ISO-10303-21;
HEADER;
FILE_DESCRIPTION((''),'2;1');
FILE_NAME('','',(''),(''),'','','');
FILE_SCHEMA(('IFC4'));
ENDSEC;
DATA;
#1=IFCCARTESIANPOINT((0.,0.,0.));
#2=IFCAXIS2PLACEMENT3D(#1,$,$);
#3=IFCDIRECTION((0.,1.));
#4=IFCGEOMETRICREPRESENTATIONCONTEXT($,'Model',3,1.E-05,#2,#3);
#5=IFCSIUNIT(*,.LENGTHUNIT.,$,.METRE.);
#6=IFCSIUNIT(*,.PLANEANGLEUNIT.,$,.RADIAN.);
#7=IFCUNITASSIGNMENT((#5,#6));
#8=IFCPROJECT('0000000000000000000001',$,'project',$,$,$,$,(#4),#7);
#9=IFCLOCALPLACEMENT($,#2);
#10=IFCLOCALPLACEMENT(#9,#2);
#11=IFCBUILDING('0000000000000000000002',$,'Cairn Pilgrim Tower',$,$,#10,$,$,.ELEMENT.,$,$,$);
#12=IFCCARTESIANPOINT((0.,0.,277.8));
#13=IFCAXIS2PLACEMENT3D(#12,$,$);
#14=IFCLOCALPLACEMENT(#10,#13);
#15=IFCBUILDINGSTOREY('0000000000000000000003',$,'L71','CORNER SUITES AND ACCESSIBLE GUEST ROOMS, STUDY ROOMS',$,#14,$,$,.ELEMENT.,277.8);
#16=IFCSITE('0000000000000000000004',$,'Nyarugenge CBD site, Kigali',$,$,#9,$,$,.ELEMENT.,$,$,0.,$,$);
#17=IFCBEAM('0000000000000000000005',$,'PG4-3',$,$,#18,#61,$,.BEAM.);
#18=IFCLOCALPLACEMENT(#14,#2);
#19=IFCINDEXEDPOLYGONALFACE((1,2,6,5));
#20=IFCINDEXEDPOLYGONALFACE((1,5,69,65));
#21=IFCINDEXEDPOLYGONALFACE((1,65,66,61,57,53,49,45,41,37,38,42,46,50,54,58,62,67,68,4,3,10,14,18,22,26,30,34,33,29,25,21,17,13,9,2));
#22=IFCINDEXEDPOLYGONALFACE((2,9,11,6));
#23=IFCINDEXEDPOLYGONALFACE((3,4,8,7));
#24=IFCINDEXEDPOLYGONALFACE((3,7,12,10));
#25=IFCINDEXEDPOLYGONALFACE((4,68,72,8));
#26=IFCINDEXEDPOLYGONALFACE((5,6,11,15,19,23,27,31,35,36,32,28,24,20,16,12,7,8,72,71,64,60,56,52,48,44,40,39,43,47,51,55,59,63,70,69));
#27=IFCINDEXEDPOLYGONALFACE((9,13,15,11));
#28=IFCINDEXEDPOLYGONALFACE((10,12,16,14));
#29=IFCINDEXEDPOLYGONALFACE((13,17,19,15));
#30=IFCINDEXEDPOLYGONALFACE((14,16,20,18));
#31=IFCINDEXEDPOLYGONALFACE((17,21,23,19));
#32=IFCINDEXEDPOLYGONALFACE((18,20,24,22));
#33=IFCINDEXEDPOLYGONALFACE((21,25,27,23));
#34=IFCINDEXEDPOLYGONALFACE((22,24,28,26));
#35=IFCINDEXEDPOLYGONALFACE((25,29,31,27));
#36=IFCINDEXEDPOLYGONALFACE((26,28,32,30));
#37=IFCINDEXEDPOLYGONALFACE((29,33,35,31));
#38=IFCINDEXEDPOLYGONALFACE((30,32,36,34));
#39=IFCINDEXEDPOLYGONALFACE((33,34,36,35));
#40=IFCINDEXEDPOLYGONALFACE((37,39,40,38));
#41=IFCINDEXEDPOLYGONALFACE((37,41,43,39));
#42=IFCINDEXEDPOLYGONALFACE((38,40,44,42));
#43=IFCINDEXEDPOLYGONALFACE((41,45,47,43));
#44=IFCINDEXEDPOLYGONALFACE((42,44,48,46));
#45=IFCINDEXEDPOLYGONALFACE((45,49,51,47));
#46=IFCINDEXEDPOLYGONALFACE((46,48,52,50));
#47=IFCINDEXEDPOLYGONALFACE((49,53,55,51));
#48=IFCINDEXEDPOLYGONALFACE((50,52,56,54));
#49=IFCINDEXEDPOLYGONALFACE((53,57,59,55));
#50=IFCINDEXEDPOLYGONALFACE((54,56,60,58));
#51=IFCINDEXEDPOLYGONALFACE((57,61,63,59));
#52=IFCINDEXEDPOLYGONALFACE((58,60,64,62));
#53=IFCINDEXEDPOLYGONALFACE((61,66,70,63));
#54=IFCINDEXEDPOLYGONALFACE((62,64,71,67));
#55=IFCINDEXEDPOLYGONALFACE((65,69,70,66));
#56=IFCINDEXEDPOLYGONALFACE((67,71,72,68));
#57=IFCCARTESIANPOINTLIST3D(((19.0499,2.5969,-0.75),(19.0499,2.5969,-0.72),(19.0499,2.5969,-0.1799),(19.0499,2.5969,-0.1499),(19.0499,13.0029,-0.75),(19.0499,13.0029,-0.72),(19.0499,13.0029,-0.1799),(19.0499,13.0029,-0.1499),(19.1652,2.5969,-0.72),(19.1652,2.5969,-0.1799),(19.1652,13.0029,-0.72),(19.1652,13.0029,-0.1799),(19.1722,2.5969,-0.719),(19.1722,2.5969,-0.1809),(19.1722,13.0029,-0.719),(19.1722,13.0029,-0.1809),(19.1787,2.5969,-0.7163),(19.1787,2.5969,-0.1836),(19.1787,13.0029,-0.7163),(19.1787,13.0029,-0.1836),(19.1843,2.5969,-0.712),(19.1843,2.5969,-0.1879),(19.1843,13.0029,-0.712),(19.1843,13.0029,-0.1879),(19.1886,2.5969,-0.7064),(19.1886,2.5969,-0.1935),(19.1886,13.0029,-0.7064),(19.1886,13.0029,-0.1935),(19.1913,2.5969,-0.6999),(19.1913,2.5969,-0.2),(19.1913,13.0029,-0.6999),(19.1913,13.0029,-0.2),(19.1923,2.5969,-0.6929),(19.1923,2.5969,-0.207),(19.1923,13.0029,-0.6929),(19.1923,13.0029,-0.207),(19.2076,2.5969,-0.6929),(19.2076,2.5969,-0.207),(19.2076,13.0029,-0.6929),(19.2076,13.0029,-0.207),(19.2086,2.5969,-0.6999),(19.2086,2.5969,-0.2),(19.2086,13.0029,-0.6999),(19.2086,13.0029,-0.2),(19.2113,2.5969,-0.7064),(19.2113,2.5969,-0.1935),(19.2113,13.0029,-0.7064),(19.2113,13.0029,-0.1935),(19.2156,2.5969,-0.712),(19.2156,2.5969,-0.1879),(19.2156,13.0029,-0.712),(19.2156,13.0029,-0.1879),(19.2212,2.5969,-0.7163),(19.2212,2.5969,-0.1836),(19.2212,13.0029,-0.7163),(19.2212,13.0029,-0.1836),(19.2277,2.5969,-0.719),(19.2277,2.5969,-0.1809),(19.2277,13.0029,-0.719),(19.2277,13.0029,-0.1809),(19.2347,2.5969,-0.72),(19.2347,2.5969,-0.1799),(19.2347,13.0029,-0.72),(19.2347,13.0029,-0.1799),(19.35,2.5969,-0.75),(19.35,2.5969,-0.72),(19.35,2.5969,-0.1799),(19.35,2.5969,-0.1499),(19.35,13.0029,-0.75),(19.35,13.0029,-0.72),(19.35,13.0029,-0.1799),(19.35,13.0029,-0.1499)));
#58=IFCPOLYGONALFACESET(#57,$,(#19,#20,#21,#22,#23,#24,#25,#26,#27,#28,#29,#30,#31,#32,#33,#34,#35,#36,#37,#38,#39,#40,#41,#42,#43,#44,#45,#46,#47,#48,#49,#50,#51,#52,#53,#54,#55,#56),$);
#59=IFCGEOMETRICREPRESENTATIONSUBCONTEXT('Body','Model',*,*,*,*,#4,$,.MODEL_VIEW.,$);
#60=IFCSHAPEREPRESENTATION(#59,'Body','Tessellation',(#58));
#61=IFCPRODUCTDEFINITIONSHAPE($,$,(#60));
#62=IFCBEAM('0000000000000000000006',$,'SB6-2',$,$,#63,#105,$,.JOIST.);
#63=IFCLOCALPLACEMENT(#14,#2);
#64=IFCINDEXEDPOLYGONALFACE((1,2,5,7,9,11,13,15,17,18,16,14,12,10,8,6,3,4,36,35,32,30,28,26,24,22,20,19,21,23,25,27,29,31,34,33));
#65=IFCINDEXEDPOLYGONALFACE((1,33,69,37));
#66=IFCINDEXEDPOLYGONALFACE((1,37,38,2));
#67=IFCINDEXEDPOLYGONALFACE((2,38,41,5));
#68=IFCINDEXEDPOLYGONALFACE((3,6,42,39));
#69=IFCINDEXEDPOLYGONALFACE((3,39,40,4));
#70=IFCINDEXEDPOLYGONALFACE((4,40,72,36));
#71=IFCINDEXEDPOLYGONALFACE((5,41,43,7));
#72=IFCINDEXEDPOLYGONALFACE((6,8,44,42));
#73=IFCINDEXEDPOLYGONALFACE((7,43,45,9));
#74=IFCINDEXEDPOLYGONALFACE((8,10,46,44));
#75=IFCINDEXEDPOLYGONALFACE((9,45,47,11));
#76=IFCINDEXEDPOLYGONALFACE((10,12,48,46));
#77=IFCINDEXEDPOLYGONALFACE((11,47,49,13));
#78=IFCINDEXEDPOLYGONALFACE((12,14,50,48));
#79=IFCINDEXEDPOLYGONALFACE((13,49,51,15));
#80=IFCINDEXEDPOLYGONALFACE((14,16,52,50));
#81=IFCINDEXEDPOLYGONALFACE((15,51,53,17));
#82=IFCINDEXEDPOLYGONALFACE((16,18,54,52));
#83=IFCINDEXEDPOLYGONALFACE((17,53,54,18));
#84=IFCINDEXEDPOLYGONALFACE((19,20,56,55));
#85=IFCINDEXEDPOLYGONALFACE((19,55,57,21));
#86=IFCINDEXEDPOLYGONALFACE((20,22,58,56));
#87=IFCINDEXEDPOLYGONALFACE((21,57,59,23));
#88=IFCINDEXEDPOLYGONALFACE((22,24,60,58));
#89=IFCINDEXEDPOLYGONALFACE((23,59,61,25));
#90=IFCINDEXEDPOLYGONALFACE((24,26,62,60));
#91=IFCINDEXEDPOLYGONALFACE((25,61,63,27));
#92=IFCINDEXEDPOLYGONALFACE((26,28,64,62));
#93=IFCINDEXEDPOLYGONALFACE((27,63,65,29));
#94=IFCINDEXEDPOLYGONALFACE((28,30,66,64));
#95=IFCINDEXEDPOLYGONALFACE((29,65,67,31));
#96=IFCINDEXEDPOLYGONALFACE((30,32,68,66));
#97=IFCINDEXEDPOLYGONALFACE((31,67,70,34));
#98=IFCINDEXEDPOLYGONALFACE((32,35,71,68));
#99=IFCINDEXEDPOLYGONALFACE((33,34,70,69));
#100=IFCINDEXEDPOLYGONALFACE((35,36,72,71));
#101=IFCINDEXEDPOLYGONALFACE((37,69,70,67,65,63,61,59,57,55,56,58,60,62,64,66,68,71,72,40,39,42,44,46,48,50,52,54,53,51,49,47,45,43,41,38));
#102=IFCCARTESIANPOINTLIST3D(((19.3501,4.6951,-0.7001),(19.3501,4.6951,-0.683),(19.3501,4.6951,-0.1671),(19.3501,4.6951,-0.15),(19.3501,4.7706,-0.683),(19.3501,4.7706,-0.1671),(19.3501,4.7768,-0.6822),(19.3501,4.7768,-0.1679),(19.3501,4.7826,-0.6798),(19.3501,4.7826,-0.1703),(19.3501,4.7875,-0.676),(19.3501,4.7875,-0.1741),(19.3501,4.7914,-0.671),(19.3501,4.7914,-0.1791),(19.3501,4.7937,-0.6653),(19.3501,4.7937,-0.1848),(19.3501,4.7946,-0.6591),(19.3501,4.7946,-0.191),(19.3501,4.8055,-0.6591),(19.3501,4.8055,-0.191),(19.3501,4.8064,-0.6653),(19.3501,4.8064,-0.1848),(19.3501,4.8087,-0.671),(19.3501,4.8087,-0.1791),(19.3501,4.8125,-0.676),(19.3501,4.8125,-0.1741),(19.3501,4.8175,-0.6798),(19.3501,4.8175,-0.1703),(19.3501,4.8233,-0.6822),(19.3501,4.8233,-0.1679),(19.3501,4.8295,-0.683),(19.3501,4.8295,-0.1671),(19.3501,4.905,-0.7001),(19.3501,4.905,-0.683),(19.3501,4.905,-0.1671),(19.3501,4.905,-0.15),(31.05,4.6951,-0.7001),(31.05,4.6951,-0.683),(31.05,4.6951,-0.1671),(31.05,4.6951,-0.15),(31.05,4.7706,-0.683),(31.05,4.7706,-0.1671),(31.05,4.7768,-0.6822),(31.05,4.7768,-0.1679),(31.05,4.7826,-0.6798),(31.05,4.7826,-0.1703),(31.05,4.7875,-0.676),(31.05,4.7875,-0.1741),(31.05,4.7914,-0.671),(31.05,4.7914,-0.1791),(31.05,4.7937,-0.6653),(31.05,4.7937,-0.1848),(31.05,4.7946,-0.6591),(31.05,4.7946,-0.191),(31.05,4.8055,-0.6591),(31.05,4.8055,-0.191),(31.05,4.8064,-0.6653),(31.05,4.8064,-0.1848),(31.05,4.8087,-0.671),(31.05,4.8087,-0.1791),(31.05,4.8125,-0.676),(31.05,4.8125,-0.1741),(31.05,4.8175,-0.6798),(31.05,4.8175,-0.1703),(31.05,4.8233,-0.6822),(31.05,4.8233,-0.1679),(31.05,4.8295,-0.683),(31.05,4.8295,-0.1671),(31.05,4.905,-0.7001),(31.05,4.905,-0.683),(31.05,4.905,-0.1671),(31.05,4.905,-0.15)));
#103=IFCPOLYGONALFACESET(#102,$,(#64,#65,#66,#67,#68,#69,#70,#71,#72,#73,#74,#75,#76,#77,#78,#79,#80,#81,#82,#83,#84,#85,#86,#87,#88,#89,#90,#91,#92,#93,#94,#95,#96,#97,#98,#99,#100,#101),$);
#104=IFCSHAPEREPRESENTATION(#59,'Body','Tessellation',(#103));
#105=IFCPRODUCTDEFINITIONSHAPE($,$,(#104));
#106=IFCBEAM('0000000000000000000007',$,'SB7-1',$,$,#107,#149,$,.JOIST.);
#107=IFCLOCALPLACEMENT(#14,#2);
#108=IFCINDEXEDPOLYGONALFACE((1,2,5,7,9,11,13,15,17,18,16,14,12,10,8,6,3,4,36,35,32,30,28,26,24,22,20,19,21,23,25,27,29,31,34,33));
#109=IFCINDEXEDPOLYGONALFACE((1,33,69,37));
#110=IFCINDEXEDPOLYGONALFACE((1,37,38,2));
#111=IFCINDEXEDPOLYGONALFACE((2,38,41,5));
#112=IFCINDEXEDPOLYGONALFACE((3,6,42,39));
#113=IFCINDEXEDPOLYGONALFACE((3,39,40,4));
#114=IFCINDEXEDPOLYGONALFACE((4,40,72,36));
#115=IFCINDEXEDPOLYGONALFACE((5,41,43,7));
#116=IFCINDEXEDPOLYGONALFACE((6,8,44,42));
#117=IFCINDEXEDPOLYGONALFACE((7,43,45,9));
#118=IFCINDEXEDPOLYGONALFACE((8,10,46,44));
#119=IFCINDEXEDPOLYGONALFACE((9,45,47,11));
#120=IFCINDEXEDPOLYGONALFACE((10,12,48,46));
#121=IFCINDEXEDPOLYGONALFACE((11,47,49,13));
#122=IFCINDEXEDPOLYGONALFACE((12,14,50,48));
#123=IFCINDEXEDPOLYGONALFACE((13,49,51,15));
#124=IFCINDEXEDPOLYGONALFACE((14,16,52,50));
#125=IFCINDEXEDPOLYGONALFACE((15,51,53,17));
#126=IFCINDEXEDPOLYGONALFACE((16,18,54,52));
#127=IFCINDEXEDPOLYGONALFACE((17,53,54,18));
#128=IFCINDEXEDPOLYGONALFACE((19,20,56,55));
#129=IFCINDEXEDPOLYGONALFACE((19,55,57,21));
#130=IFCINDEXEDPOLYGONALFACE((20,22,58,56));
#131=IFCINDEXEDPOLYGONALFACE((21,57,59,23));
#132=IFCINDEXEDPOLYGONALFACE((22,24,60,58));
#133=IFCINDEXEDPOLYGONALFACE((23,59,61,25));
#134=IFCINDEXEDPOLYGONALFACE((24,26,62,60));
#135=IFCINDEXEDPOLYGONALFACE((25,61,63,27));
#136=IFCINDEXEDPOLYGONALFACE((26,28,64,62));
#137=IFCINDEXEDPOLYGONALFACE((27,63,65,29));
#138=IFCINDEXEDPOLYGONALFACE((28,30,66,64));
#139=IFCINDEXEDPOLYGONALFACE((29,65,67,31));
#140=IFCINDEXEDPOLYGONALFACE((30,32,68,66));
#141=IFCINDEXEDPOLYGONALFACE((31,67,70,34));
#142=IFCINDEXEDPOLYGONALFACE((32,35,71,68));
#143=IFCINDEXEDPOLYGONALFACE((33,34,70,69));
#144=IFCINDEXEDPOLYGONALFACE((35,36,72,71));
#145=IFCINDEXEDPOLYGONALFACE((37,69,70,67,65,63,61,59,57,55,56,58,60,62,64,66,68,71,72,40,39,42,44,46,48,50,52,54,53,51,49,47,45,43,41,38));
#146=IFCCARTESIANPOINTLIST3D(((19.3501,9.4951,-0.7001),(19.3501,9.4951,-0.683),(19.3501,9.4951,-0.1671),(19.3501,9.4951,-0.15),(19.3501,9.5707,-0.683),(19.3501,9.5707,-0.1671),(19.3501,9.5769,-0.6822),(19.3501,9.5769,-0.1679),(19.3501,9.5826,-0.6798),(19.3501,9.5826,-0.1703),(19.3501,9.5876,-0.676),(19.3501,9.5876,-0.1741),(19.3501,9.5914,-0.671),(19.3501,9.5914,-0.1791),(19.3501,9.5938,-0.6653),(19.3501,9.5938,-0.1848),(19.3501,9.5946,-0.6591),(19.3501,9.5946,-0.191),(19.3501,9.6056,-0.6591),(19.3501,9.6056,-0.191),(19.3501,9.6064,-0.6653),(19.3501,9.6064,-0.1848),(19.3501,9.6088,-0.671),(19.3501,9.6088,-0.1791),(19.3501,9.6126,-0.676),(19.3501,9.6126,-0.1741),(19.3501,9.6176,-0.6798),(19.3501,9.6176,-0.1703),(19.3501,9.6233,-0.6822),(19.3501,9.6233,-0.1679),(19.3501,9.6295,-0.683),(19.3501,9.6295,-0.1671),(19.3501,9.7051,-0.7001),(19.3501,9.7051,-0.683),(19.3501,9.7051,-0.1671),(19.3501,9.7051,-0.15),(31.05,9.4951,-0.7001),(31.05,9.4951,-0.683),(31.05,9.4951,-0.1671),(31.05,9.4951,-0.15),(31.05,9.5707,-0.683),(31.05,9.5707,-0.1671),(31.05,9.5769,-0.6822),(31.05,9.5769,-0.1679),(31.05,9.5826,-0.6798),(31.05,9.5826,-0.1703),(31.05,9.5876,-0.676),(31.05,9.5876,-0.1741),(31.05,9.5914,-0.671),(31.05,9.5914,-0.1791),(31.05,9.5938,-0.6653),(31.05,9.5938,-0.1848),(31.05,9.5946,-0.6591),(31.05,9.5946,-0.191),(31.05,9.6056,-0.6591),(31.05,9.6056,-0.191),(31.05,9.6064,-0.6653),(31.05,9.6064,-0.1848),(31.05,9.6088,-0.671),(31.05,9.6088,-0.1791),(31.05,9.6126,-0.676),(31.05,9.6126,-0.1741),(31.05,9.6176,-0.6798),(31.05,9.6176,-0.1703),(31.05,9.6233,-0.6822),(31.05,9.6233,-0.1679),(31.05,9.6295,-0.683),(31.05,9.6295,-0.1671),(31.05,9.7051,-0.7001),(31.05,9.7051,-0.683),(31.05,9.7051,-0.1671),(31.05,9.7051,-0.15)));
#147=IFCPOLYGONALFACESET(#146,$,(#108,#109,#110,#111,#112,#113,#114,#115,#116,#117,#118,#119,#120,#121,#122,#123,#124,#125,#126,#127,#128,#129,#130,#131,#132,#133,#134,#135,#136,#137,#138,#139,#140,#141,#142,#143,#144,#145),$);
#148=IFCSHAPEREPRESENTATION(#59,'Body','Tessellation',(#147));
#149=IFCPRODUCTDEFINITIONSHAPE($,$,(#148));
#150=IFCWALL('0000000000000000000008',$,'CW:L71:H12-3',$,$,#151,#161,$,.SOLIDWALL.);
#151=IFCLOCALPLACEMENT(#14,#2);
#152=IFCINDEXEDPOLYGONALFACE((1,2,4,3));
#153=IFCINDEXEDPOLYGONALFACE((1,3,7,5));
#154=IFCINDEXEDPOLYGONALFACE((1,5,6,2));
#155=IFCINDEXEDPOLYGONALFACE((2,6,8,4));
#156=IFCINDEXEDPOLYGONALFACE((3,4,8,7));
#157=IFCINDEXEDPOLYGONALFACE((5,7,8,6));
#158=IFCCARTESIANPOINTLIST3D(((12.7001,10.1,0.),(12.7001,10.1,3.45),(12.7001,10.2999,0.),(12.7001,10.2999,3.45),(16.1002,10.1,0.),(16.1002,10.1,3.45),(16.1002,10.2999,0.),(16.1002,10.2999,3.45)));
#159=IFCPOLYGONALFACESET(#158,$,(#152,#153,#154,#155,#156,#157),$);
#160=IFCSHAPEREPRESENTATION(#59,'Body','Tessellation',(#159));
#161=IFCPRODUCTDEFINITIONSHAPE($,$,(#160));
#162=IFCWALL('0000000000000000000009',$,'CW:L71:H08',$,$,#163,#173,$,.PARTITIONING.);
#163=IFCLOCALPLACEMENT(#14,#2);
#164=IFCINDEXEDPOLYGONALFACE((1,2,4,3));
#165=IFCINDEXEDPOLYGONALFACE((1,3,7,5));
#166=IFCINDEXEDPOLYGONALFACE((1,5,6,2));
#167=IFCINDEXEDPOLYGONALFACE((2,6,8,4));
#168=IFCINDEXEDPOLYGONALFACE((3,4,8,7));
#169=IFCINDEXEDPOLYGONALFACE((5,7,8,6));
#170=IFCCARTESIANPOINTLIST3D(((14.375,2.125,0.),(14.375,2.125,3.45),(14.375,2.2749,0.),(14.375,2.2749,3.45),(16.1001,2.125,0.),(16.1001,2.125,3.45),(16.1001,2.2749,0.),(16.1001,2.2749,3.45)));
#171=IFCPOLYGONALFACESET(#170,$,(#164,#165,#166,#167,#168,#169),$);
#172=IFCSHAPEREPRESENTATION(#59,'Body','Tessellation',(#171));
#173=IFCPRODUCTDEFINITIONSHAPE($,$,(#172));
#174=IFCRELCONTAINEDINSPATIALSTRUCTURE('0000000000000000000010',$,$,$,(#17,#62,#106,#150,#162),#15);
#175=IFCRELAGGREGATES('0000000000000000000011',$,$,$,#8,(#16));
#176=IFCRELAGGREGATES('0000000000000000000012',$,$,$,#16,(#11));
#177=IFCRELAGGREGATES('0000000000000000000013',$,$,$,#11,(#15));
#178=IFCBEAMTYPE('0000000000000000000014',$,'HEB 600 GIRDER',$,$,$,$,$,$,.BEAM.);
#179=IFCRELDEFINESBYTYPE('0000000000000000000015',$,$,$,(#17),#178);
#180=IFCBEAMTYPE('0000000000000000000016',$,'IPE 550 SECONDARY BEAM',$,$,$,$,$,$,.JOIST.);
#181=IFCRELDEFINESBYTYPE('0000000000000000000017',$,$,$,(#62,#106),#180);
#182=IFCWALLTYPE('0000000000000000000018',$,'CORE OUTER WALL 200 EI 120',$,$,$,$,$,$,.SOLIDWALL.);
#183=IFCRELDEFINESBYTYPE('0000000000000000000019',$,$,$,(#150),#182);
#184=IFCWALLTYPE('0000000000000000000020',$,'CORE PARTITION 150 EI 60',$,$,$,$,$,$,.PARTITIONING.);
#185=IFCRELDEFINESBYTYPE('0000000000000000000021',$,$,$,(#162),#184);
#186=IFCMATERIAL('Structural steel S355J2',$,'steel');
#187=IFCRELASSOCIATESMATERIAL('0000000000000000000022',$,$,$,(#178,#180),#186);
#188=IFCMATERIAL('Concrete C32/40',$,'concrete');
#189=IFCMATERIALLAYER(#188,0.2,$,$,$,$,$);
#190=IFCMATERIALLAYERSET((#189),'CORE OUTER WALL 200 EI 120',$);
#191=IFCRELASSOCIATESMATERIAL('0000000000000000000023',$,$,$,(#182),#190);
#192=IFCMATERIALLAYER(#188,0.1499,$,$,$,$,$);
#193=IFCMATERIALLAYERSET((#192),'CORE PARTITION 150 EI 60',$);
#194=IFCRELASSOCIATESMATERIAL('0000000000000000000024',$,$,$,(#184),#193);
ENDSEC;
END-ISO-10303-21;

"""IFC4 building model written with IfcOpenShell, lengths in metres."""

from ifc_helpers import new_model, si_unit, direction, frame, frame_2d, origin, origin_2d, place, context, subcontext, project, spatial, rectangle, i_section, extrude, material, layer, layer_set, material_profile, profile_set, type_object, element, save


model = new_model("IFC4")

# Units and contexts
model_context = context("Model", 3, precision=1e-05, world=origin(), true_north=direction((0.0, 1.0)))
body_context = subcontext(model_context, "Body", "Model", "MODEL_VIEW")
ifc_project = project(units=[si_unit("LENGTHUNIT", "METRE"), si_unit("PLANEANGLEUNIT", "RADIAN")], contexts=[model_context])

# Site, building, storey
site_placement = place(None, origin())
site = spatial("IfcSite", under=ifc_project, at=site_placement, Name="Nyarugenge CBD site, Kigali", CompositionType="ELEMENT", RefElevation=0.0)
building_placement = place(site_placement, origin())
building = spatial("IfcBuilding", under=site, at=building_placement, Name="Cairn Pilgrim Tower", CompositionType="ELEMENT")
storey_placement = place(building_placement, frame((0.0, 0.0, 277.8)))
storey = spatial("IfcBuildingStorey", under=building, at=storey_placement, Name="L71", Description="CORNER SUITES AND ACCESSIBLE GUEST ROOMS, STUDY ROOMS", CompositionType="ELEMENT", Elevation=277.8)

# Shared definitions
ifc_material_1 = material(Name="Structural steel S355J2", Category="steel")

# Beams
ifc_material_profile_1 = material_profile(ifc_material_1, i_section(OverallWidth=0.3, OverallDepth=0.6001, WebThickness=0.0154, FlangeThickness=0.03, FilletRadius=0.0271, at=origin_2d()), Name="HEB 600")
ifc_profile_set_1 = profile_set([ifc_material_profile_1], Name="Structural steel S355J2")
beam_type_1 = type_object("IfcBeamType", Name="HEB 600 GIRDER", PredefinedType="BEAM", material=ifc_profile_set_1)
beam_1_placement = place(storey_placement, frame((19.2, 2.5969, -0.45), z_axis=(0.0, 1.0, 0.0), x_axis=(-1.0, 0.0, 0.0)))
element("IfcBeam", 1, at=beam_1_placement, inside=storey, type_object=beam_type_1, Name="PG4-3", PredefinedType="BEAM", context=body_context, shape_type="SweptSolid", body=[
    extrude(i_section(OverallWidth=0.3, OverallDepth=0.6001, WebThickness=0.0154, FlangeThickness=0.03, FilletRadius=0.0271, at=origin_2d()), origin(), (0.0, 0.0, 1.0), 10.406),
])
ifc_material_profile_2 = material_profile(ifc_material_1, i_section(OverallWidth=0.21, OverallDepth=0.55, WebThickness=0.011, FlangeThickness=0.0171, FilletRadius=0.0239, at=origin_2d()), Name="IPE 550")
ifc_profile_set_2 = profile_set([ifc_material_profile_2], Name="Structural steel S355J2")
beam_type_2 = type_object("IfcBeamType", Name="IPE 550 SECONDARY BEAM", PredefinedType="JOIST", material=ifc_profile_set_2)
for number, where, z_axis, x_axis, name in (
    (2, (19.3501, 4.8, -0.425), (1.0, 0.0, 0.0), (0.0, 1.0, 0.0), "SB6-2"),
    (3, (19.3501, 9.6001, -0.425), (1.0, 0.0, 0.0), (0.0, 1.0, 0.0), "SB7-1"),
):
    element("IfcBeam", number, at=place(storey_placement, frame(where, z_axis=z_axis, x_axis=x_axis)), inside=storey, type_object=beam_type_2, Name=name, PredefinedType="JOIST", context=body_context, shape_type="SweptSolid", body=[
        extrude(i_section(OverallWidth=0.21, OverallDepth=0.55, WebThickness=0.011, FlangeThickness=0.0171, FilletRadius=0.0239, at=origin_2d()), origin(), (0.0, 0.0, 1.0), 11.7),
    ])

# Walls
ifc_material_2 = material(Name="Concrete C32/40", Category="concrete")
ifc_layer_1 = layer(ifc_material_2, 0.2)
ifc_layer_set_1 = layer_set([ifc_layer_1], Name="CORE OUTER WALL 200 EI 120")
wall_type_1 = type_object("IfcWallType", Name="CORE OUTER WALL 200 EI 120", PredefinedType="SOLIDWALL", material=ifc_layer_set_1)
wall_1_placement = place(storey_placement, frame((12.7, 10.2, 0.0), z_axis=(0.0, 0.0, 1.0), x_axis=(1.0, 0.0, 0.0)))
element("IfcWall", 4, at=wall_1_placement, inside=storey, type_object=wall_type_1, Name="CW:L71:H12-3", PredefinedType="SOLIDWALL", context=body_context, shape_type="SweptSolid", body=[
    extrude(rectangle(XDim=3.4001, YDim=0.2, at=frame_2d((1.7002, 0.0))), origin(), (0.0, 0.0, 1.0), 3.45),
])
ifc_layer_2 = layer(ifc_material_2, 0.1499)
ifc_layer_set_2 = layer_set([ifc_layer_2], Name="CORE PARTITION 150 EI 60")
wall_type_2 = type_object("IfcWallType", Name="CORE PARTITION 150 EI 60", PredefinedType="PARTITIONING", material=ifc_layer_set_2)
wall_2_placement = place(storey_placement, frame((14.375, 2.2, 0.0), z_axis=(0.0, 0.0, 1.0), x_axis=(1.0, 0.0, 0.0)))
element("IfcWall", 5, at=wall_2_placement, inside=storey, type_object=wall_type_2, Name="CW:L71:H08", PredefinedType="PARTITIONING", context=body_context, shape_type="SweptSolid", body=[
    extrude(rectangle(XDim=1.7251, YDim=0.1499, at=frame_2d((0.8625, 0.0))), origin(), (0.0, 0.0, 1.0), 3.45),
])

save(model, "model.ifc")
